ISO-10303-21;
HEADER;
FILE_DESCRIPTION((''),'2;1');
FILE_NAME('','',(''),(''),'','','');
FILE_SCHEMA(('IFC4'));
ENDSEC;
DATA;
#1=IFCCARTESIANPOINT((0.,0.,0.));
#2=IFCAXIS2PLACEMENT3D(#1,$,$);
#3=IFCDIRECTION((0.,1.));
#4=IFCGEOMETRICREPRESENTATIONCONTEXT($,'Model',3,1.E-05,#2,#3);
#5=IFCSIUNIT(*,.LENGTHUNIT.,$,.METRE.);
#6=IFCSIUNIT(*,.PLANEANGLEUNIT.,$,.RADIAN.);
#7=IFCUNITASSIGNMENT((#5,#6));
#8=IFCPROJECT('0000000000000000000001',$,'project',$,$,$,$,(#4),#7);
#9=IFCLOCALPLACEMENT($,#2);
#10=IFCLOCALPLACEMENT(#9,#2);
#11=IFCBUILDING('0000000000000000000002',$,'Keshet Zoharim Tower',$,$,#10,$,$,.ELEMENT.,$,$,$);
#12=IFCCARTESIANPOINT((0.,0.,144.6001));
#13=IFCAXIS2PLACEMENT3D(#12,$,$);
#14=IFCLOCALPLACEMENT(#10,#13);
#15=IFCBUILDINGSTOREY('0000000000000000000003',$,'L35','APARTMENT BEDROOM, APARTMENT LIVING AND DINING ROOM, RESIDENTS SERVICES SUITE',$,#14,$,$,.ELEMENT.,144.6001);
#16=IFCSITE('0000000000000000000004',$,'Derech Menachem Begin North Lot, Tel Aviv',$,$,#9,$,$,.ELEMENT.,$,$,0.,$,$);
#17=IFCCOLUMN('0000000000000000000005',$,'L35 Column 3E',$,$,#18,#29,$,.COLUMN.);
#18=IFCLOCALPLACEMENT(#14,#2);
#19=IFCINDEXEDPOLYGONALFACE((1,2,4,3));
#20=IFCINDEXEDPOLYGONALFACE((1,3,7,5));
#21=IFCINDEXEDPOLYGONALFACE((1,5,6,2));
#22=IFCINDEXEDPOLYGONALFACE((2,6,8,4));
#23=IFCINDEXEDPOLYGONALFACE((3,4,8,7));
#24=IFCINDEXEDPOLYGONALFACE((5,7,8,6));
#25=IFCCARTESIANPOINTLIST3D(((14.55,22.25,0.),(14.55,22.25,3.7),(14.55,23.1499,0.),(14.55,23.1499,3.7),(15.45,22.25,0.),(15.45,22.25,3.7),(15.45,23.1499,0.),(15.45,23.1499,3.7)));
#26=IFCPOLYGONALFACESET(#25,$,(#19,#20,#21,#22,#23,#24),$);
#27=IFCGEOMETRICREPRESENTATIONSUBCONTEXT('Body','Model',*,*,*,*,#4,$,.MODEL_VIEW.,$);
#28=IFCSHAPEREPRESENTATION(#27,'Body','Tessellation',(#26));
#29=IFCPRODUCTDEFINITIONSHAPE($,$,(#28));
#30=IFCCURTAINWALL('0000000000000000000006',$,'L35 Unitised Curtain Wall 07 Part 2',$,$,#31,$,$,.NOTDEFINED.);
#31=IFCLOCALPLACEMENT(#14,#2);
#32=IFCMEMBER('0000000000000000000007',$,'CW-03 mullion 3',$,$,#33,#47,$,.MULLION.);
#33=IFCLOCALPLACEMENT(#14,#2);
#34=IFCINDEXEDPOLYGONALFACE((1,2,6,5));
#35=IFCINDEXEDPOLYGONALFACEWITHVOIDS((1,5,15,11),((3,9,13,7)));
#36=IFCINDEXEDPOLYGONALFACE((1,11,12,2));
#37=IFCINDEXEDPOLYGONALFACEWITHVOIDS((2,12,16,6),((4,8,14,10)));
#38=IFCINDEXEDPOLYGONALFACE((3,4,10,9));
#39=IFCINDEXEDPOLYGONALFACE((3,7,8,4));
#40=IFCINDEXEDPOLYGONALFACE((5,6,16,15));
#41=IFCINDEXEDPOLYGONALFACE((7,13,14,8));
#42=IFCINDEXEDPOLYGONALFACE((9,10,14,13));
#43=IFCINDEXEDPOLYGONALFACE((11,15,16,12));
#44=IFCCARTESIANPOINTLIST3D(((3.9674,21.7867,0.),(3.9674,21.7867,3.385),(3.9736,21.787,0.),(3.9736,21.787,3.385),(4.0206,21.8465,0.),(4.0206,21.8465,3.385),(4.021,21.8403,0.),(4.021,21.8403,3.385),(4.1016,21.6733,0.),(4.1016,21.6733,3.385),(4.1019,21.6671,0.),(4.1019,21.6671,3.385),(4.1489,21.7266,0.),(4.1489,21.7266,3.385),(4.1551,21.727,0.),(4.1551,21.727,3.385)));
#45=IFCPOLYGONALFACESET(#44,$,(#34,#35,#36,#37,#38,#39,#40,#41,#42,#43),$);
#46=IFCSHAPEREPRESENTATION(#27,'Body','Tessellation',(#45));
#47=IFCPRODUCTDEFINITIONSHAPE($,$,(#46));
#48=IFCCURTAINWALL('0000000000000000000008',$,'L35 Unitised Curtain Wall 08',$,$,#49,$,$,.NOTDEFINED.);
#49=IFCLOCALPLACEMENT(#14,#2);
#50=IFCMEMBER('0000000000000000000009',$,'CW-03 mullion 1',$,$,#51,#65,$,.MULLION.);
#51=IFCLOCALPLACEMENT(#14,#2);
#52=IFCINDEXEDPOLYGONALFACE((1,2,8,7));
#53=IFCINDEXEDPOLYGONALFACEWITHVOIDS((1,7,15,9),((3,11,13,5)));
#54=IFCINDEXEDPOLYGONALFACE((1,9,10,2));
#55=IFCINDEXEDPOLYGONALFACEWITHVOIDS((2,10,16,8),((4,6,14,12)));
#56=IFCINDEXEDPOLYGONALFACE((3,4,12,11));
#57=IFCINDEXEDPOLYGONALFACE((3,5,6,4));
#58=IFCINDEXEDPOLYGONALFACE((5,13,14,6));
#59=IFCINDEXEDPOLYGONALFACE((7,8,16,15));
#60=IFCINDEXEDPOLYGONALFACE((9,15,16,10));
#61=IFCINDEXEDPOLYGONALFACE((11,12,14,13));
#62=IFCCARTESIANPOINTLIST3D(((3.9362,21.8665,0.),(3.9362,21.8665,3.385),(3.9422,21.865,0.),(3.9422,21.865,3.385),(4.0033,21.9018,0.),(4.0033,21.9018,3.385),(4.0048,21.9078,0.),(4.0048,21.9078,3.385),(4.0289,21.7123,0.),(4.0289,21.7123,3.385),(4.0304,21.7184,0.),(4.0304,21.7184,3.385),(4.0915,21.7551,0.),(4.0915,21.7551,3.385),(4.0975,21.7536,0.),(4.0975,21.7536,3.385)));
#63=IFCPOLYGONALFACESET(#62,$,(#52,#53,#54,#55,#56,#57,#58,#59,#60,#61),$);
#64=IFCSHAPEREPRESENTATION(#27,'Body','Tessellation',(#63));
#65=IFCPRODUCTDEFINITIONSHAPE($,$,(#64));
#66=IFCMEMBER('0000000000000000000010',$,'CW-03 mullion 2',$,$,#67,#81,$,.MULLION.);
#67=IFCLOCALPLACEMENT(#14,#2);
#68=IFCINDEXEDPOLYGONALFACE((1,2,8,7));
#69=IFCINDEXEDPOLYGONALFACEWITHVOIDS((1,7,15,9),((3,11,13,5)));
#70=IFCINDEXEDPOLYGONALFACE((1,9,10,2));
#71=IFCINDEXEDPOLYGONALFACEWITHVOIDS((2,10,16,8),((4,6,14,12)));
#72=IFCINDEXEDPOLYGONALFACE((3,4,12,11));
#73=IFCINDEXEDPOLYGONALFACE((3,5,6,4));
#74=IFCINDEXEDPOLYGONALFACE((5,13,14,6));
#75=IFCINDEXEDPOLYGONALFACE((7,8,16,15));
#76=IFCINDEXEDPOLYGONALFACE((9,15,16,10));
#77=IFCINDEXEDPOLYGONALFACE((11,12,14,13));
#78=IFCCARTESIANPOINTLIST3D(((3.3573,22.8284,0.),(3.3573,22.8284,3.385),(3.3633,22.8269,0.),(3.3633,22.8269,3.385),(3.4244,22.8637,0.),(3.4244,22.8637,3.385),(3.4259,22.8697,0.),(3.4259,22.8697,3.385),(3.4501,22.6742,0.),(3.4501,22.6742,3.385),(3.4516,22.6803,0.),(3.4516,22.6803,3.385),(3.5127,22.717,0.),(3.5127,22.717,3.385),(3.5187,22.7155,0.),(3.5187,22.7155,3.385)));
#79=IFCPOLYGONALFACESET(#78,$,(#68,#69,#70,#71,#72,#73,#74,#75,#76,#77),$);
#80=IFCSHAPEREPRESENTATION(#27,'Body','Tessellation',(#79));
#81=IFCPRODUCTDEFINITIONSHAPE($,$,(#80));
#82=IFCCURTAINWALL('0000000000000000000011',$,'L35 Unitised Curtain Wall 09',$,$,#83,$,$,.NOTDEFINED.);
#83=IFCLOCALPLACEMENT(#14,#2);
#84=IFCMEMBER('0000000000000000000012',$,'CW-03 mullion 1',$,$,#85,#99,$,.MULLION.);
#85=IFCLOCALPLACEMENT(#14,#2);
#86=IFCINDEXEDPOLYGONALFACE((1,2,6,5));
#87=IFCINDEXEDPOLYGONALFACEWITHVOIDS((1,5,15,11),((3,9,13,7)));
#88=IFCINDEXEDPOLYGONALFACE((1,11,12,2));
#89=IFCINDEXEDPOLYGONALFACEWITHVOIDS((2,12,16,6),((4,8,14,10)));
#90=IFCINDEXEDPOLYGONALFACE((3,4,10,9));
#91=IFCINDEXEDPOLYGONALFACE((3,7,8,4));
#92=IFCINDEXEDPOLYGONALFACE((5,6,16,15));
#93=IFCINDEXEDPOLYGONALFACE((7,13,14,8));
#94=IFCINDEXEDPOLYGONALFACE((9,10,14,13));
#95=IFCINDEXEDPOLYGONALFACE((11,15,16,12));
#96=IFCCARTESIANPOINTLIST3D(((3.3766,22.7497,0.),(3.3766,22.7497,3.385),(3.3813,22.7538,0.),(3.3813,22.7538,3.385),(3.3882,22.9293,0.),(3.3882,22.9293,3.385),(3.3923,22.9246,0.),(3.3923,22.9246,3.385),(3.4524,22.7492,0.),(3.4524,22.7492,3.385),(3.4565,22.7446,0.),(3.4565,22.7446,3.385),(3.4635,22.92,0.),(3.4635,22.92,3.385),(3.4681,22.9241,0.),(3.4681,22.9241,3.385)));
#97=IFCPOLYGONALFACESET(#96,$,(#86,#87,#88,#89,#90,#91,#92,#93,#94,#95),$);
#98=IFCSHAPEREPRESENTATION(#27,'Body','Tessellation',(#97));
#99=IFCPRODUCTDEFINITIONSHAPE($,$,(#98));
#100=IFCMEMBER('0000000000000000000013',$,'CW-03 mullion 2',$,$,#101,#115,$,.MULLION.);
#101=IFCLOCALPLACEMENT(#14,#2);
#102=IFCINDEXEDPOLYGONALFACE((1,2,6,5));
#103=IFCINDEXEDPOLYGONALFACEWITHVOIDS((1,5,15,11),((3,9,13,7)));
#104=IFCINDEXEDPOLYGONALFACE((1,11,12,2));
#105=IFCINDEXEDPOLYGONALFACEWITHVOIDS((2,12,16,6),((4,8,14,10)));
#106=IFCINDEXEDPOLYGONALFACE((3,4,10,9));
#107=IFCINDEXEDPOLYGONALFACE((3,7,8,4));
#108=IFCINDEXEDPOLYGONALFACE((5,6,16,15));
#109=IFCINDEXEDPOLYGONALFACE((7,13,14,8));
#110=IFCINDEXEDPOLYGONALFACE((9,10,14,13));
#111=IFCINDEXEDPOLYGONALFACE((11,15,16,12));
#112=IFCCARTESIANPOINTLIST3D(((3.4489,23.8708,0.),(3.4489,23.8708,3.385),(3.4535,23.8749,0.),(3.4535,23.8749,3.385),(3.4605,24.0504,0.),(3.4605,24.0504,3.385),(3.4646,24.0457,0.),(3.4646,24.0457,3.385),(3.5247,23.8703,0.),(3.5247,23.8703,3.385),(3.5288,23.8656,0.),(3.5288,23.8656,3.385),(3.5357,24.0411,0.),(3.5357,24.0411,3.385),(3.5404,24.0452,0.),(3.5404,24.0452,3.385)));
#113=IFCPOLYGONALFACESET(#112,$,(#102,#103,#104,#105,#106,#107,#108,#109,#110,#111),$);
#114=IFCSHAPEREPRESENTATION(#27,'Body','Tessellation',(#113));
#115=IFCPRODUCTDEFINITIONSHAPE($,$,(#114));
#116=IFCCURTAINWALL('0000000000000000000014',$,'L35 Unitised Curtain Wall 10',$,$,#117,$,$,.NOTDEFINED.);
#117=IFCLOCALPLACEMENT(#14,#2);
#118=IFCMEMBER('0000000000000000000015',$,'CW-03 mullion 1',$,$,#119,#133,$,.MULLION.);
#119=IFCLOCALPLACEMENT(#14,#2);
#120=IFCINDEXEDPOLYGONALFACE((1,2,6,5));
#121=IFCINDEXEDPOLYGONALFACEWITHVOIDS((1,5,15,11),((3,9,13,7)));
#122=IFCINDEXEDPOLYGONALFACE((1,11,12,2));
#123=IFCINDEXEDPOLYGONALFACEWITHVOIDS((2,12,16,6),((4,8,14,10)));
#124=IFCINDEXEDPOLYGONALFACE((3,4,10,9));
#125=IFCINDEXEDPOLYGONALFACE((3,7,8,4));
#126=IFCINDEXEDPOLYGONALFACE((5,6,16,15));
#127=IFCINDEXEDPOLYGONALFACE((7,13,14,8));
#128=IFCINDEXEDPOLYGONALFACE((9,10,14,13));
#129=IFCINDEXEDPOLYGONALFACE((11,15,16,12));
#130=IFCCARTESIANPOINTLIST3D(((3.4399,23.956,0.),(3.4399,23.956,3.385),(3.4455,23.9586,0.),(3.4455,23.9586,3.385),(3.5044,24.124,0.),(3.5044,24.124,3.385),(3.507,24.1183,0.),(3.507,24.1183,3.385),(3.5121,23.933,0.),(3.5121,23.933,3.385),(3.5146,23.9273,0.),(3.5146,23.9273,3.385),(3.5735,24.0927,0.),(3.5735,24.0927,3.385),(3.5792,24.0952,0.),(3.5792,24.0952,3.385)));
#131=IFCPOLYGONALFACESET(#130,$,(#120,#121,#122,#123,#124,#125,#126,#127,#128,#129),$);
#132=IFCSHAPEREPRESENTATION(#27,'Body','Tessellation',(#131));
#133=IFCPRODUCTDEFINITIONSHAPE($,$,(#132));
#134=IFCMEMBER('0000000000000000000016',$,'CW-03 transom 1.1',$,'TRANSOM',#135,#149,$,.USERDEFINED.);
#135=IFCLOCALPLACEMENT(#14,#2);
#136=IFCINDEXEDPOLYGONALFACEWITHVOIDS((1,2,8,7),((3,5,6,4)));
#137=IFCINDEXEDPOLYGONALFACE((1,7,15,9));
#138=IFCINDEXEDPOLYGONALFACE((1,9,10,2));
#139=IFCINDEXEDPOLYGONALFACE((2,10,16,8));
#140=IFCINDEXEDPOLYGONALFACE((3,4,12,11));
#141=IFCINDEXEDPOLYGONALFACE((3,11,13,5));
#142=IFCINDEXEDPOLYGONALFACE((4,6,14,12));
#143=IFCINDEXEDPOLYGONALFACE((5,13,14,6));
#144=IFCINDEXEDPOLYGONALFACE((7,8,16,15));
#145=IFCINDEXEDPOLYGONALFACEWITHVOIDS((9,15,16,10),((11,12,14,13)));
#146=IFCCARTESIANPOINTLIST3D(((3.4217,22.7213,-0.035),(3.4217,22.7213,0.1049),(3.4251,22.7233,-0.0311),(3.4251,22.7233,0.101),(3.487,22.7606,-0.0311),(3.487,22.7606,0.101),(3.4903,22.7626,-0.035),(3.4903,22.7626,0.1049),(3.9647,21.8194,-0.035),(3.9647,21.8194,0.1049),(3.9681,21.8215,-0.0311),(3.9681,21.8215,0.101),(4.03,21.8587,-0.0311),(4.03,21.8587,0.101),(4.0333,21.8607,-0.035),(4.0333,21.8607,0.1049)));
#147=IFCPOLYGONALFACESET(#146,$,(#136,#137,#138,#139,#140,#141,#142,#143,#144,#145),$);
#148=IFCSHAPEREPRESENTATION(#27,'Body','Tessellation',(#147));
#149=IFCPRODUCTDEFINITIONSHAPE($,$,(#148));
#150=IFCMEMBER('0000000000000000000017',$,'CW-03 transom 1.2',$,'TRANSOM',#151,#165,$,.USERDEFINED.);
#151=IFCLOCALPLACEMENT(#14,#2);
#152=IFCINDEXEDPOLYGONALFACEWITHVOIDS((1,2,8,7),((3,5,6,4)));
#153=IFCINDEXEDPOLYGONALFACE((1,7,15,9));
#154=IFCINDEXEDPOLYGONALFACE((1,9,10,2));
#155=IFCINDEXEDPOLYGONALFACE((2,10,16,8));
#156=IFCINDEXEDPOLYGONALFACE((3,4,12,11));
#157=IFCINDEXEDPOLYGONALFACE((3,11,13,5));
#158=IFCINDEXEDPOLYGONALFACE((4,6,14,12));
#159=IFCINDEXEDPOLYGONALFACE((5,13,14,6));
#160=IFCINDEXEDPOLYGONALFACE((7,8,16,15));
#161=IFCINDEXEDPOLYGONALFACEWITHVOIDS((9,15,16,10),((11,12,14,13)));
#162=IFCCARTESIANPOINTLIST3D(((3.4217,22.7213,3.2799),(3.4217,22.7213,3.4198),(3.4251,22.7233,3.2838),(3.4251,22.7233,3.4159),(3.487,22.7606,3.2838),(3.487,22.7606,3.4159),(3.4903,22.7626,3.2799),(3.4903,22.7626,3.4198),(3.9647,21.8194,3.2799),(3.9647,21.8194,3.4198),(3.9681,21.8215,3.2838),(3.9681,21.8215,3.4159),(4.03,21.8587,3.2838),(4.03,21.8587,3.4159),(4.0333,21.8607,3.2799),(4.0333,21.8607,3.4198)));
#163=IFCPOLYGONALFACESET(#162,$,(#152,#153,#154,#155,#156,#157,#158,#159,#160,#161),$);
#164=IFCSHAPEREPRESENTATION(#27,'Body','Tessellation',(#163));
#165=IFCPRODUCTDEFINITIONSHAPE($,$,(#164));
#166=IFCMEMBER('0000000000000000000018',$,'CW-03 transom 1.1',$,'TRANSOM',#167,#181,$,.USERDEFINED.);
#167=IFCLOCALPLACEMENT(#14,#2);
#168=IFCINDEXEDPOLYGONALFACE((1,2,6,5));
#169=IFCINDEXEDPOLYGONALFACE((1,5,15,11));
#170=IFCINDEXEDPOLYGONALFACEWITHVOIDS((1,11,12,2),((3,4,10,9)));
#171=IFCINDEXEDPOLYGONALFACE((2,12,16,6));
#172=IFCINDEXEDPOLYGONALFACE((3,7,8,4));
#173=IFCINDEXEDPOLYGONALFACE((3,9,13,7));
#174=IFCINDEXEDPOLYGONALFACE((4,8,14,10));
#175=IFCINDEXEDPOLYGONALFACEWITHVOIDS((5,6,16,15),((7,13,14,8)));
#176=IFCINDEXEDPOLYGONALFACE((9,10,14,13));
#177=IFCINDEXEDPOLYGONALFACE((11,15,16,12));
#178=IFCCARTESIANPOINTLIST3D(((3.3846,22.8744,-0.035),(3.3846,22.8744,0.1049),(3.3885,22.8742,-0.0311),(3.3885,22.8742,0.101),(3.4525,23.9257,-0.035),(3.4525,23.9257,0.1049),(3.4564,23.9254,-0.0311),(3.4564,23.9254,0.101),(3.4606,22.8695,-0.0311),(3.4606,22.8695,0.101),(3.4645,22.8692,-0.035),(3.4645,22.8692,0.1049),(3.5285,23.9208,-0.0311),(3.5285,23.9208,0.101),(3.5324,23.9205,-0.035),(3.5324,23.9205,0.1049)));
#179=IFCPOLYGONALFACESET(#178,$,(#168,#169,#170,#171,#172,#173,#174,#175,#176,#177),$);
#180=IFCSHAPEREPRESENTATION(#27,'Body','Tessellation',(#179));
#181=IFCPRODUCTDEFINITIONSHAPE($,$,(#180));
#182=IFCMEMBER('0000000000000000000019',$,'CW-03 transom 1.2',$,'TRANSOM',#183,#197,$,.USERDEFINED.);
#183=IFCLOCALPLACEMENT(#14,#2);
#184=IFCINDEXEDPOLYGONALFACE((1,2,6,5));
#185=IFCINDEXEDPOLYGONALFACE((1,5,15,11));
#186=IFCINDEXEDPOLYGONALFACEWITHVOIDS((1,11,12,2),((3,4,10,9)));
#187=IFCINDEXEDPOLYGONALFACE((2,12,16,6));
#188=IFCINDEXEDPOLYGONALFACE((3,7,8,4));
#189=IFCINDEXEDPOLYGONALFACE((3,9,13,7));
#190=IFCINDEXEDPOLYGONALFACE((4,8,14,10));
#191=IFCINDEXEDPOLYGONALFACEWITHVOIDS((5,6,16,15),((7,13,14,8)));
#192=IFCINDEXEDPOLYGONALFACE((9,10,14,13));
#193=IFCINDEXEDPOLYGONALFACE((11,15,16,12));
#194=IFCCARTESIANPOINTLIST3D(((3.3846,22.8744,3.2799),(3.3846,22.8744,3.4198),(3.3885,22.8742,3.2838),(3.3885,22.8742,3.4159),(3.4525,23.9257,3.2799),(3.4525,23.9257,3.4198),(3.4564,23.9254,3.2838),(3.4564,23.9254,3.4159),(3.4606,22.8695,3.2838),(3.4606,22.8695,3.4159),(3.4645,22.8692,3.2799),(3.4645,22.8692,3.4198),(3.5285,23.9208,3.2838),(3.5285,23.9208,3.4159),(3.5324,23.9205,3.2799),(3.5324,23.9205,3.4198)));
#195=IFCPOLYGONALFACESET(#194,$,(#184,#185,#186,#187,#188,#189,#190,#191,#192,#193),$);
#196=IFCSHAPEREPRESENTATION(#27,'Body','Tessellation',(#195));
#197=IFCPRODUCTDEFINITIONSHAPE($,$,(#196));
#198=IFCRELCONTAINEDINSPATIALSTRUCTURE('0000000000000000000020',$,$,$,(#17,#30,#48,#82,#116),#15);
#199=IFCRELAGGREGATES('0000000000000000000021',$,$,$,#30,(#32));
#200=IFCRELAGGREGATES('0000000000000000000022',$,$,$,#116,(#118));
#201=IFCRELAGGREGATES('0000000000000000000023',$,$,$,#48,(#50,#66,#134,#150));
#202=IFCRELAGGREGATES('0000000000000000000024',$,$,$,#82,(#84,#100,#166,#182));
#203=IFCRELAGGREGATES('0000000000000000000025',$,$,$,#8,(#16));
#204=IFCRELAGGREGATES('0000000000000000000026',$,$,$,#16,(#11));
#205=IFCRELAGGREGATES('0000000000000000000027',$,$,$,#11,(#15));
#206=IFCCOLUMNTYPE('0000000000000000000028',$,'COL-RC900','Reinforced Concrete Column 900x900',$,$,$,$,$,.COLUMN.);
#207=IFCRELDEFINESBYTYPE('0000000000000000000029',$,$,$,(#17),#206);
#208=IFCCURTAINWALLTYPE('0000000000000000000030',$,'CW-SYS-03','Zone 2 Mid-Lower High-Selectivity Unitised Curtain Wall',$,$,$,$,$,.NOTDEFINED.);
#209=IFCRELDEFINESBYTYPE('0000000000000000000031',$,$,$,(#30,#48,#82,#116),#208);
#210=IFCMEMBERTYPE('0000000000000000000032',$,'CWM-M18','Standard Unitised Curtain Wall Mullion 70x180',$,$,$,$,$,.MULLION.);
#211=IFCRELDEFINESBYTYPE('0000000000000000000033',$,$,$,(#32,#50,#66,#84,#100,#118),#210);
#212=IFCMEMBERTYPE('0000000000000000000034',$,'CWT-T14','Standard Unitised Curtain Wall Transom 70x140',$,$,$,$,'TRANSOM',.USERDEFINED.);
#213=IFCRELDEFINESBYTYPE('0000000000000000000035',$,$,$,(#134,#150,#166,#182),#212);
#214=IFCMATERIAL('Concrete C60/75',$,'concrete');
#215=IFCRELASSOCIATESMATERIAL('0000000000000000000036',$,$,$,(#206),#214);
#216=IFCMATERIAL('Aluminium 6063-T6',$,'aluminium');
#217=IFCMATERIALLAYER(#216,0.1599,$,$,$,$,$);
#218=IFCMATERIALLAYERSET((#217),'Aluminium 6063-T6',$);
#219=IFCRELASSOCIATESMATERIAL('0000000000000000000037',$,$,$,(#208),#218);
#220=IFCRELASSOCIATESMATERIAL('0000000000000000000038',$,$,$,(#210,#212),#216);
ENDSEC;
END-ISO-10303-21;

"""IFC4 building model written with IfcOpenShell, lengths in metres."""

from ifc_helpers import new_model, si_unit, direction, frame, origin, origin_2d, place, context, subcontext, project, spatial, rectangle, hollow_rectangle, extrude, material, layer, layer_set, material_profile, profile_set, type_object, element, aggregate, save


model = new_model("IFC4")

# Units and contexts
model_context = context("Model", 3, precision=1e-05, world=origin(), true_north=direction((0.0, 1.0)))
body_context = subcontext(model_context, "Body", "Model", "MODEL_VIEW")
ifc_project = project(units=[si_unit("LENGTHUNIT", "METRE"), si_unit("PLANEANGLEUNIT", "RADIAN")], contexts=[model_context])

# Site, building, storey
site_placement = place(None, origin())
site = spatial("IfcSite", under=ifc_project, at=site_placement, Name="Derech Menachem Begin North Lot, Tel Aviv", CompositionType="ELEMENT", RefElevation=0.0)
building_placement = place(site_placement, origin())
building = spatial("IfcBuilding", under=site, at=building_placement, Name="Keshet Zoharim Tower", CompositionType="ELEMENT")
storey_placement = place(building_placement, frame((0.0, 0.0, 144.6001)))
storey = spatial("IfcBuildingStorey", under=building, at=storey_placement, Name="L35", Description="APARTMENT BEDROOM, APARTMENT LIVING AND DINING ROOM, RESIDENTS SERVICES SUITE", CompositionType="ELEMENT", Elevation=144.6001)

# Column
ifc_material_1 = material(Name="Concrete C60/75", Category="concrete")
ifc_material_profile_1 = material_profile(ifc_material_1, rectangle(XDim=0.8999, YDim=0.8999, at=origin_2d()), Name="RC900x900")
ifc_profile_set_1 = profile_set([ifc_material_profile_1], Name="Concrete C60/75")
column_type = type_object("IfcColumnType", Name="COL-RC900", Description="Reinforced Concrete Column 900x900", PredefinedType="COLUMN", material=ifc_profile_set_1)
column_placement = place(storey_placement, frame((15.0, 22.7, 0.0), z_axis=(0.0, 0.0, 1.0), x_axis=(1.0, 0.0, 0.0)))
element("IfcColumn", 1, at=column_placement, inside=storey, type_object=column_type, Name="L35 Column 3E", PredefinedType="COLUMN", context=body_context, shape_type="SweptSolid", body=[
    extrude(rectangle(XDim=0.8999, YDim=0.8999, at=origin_2d()), origin(), (0.0, 0.0, 1.0), 3.7),
])

# Curtain wall, member
ifc_material_2 = material(Name="Aluminium 6063-T6", Category="aluminium")
ifc_layer_1 = layer(ifc_material_2, 0.1599)
ifc_layer_set_1 = layer_set([ifc_layer_1], Name="Aluminium 6063-T6")
curtain_wall_type = type_object("IfcCurtainWallType", Name="CW-SYS-03", Description="Zone 2 Mid-Lower High-Selectivity Unitised Curtain Wall", PredefinedType="NOTDEFINED", material=ifc_layer_set_1)
curtain_wall_1_placement = place(storey_placement, origin())
curtain_wall_1 = element("IfcCurtainWall", 2, at=curtain_wall_1_placement, inside=storey, type_object=curtain_wall_type, Name="L35 Unitised Curtain Wall 07 Part 2", PredefinedType="NOTDEFINED")
ifc_material_profile_2 = material_profile(ifc_material_2, hollow_rectangle(XDim=0.0801, YDim=0.1799, WallThickness=0.0044, at=origin_2d()), Name="MUL-80x180")
ifc_profile_set_2 = profile_set([ifc_material_profile_2], Name="Aluminium 6063-T6")
member_type_1 = type_object("IfcMemberType", Name="CWM-M18", Description="Standard Unitised Curtain Wall Mullion 70x180", PredefinedType="MULLION", material=ifc_profile_set_2)
member_1_placement = place(storey_placement, frame((4.0613, 21.7568, 0.0), z_axis=(0.0, 0.0, 1.0), x_axis=(-0.664364, -0.74741, 0.0)))
member_1 = element("IfcMember", 3, at=member_1_placement, type_object=member_type_1, Name="CW-03 mullion 3", PredefinedType="MULLION", context=body_context, shape_type="SweptSolid", body=[
    extrude(hollow_rectangle(XDim=0.0801, YDim=0.1799, WallThickness=0.0044, at=origin_2d()), origin(), (0.0, 0.0, 1.0), 3.385),
])
aggregate(curtain_wall_1, [member_1])

# Curtain walls, members
curtain_wall_2_placement = place(storey_placement, origin())
curtain_wall_2 = element("IfcCurtainWall", 4, at=curtain_wall_2_placement, inside=storey, type_object=curtain_wall_type, Name="L35 Unitised Curtain Wall 08", PredefinedType="NOTDEFINED")
member_2_placement = place(storey_placement, frame((4.0168, 21.8101, 0.0), z_axis=(0.0, 0.0, 1.0), x_axis=(-0.856826, -0.515605, 0.0)))
member_2 = element("IfcMember", 5, at=member_2_placement, type_object=member_type_1, Name="CW-03 mullion 1", PredefinedType="MULLION", context=body_context, shape_type="SweptSolid", body=[
    extrude(hollow_rectangle(XDim=0.0801, YDim=0.1799, WallThickness=0.0044, at=origin_2d()), origin(), (0.0, 0.0, 1.0), 3.385),
])
member_3_placement = place(storey_placement, frame((3.438, 22.772, 0.0), z_axis=(0.0, 0.0, 1.0), x_axis=(-0.856826, -0.515605, 0.0)))
member_3 = element("IfcMember", 6, at=member_3_placement, type_object=member_type_1, Name="CW-03 mullion 2", PredefinedType="MULLION", context=body_context, shape_type="SweptSolid", body=[
    extrude(hollow_rectangle(XDim=0.0801, YDim=0.1799, WallThickness=0.0044, at=origin_2d()), origin(), (0.0, 0.0, 1.0), 3.385),
])
curtain_wall_3_placement = place(storey_placement, origin())
curtain_wall_3 = element("IfcCurtainWall", 7, at=curtain_wall_3_placement, inside=storey, type_object=curtain_wall_type, Name="L35 Unitised Curtain Wall 09", PredefinedType="NOTDEFINED")
member_4_placement = place(storey_placement, frame((3.4224, 22.8369, 0.0), z_axis=(0.0, 0.0, 1.0), x_axis=(-0.997917, 0.064517, 0.0)))
member_4 = element("IfcMember", 8, at=member_4_placement, type_object=member_type_1, Name="CW-03 mullion 1", PredefinedType="MULLION", context=body_context, shape_type="SweptSolid", body=[
    extrude(hollow_rectangle(XDim=0.0801, YDim=0.1799, WallThickness=0.0044, at=origin_2d()), origin(), (0.0, 0.0, 1.0), 3.385),
])
member_5_placement = place(storey_placement, frame((3.4946, 23.958, 0.0), z_axis=(0.0, 0.0, 1.0), x_axis=(-0.997917, 0.064517, 0.0)))
member_5 = element("IfcMember", 9, at=member_5_placement, type_object=member_type_1, Name="CW-03 mullion 2", PredefinedType="MULLION", context=body_context, shape_type="SweptSolid", body=[
    extrude(hollow_rectangle(XDim=0.0801, YDim=0.1799, WallThickness=0.0044, at=origin_2d()), origin(), (0.0, 0.0, 1.0), 3.385),
])

# Curtain wall, member
curtain_wall_4_placement = place(storey_placement, origin())
curtain_wall_4 = element("IfcCurtainWall", 10, at=curtain_wall_4_placement, inside=storey, type_object=curtain_wall_type, Name="L35 Unitised Curtain Wall 10", PredefinedType="NOTDEFINED")
member_6_placement = place(storey_placement, frame((3.5095, 24.0256, 0.0), z_axis=(0.0, 0.0, 1.0), x_axis=(-0.933341, 0.35899, 0.0)))
member_6 = element("IfcMember", 11, at=member_6_placement, type_object=member_type_1, Name="CW-03 mullion 1", PredefinedType="MULLION", context=body_context, shape_type="SweptSolid", body=[
    extrude(hollow_rectangle(XDim=0.0801, YDim=0.1799, WallThickness=0.0044, at=origin_2d()), origin(), (0.0, 0.0, 1.0), 3.385),
])

# Members
ifc_material_profile_3 = material_profile(ifc_material_2, hollow_rectangle(XDim=0.0801, YDim=0.1399, WallThickness=0.0039, at=origin_2d()), Name="TRN-80x140")
ifc_profile_set_3 = profile_set([ifc_material_profile_3], Name="Aluminium 6063-T6")
member_type_2 = type_object("IfcMemberType", Name="CWT-T14", Description="Standard Unitised Curtain Wall Transom 70x140", ElementType="TRANSOM", PredefinedType="USERDEFINED", material=ifc_profile_set_3)
member_7_placement = place(storey_placement, frame((3.999, 21.8401, 0.0349), z_axis=(-0.515791, 0.856714, 0.0), x_axis=(-0.856714, -0.515791, 0.0)))
member_7 = element("IfcMember", 12, at=member_7_placement, type_object=member_type_2, Name="CW-03 transom 1.1", ObjectType="TRANSOM", PredefinedType="USERDEFINED", context=body_context, shape_type="SweptSolid", body=[
    extrude(hollow_rectangle(XDim=0.0801, YDim=0.1399, WallThickness=0.0039, at=origin_2d()), origin(), (0.0, 0.0, 1.0), 1.0527),
])
member_8_placement = place(storey_placement, frame((3.999, 21.8401, 3.3499), z_axis=(-0.515791, 0.856714, 0.0), x_axis=(-0.856714, -0.515791, 0.0)))
member_8 = element("IfcMember", 13, at=member_8_placement, type_object=member_type_2, Name="CW-03 transom 1.2", ObjectType="TRANSOM", PredefinedType="USERDEFINED", context=body_context, shape_type="SweptSolid", body=[
    extrude(hollow_rectangle(XDim=0.0801, YDim=0.1399, WallThickness=0.0039, at=origin_2d()), origin(), (0.0, 0.0, 1.0), 1.0527),
])
member_9_placement = place(storey_placement, frame((3.4246, 22.8718, 0.0349), z_axis=(0.064427, 0.997922, 0.0), x_axis=(-0.997922, 0.064427, 0.0)))
member_9 = element("IfcMember", 14, at=member_9_placement, type_object=member_type_2, Name="CW-03 transom 1.1", ObjectType="TRANSOM", PredefinedType="USERDEFINED", context=body_context, shape_type="SweptSolid", body=[
    extrude(hollow_rectangle(XDim=0.0801, YDim=0.1399, WallThickness=0.0039, at=origin_2d()), origin(), (0.0, 0.0, 1.0), 1.0535),
])
member_10_placement = place(storey_placement, frame((3.4246, 22.8718, 3.3499), z_axis=(0.064427, 0.997922, 0.0), x_axis=(-0.997922, 0.064427, 0.0)))
member_10 = element("IfcMember", 15, at=member_10_placement, type_object=member_type_2, Name="CW-03 transom 1.2", ObjectType="TRANSOM", PredefinedType="USERDEFINED", context=body_context, shape_type="SweptSolid", body=[
    extrude(hollow_rectangle(XDim=0.0801, YDim=0.1399, WallThickness=0.0039, at=origin_2d()), origin(), (0.0, 0.0, 1.0), 1.0535),
])
aggregate(curtain_wall_4, [member_6])

aggregate(curtain_wall_2, [member_2, member_3, member_7, member_8])
aggregate(curtain_wall_3, [member_4, member_5, member_9, member_10])

save(model, "model.ifc")
